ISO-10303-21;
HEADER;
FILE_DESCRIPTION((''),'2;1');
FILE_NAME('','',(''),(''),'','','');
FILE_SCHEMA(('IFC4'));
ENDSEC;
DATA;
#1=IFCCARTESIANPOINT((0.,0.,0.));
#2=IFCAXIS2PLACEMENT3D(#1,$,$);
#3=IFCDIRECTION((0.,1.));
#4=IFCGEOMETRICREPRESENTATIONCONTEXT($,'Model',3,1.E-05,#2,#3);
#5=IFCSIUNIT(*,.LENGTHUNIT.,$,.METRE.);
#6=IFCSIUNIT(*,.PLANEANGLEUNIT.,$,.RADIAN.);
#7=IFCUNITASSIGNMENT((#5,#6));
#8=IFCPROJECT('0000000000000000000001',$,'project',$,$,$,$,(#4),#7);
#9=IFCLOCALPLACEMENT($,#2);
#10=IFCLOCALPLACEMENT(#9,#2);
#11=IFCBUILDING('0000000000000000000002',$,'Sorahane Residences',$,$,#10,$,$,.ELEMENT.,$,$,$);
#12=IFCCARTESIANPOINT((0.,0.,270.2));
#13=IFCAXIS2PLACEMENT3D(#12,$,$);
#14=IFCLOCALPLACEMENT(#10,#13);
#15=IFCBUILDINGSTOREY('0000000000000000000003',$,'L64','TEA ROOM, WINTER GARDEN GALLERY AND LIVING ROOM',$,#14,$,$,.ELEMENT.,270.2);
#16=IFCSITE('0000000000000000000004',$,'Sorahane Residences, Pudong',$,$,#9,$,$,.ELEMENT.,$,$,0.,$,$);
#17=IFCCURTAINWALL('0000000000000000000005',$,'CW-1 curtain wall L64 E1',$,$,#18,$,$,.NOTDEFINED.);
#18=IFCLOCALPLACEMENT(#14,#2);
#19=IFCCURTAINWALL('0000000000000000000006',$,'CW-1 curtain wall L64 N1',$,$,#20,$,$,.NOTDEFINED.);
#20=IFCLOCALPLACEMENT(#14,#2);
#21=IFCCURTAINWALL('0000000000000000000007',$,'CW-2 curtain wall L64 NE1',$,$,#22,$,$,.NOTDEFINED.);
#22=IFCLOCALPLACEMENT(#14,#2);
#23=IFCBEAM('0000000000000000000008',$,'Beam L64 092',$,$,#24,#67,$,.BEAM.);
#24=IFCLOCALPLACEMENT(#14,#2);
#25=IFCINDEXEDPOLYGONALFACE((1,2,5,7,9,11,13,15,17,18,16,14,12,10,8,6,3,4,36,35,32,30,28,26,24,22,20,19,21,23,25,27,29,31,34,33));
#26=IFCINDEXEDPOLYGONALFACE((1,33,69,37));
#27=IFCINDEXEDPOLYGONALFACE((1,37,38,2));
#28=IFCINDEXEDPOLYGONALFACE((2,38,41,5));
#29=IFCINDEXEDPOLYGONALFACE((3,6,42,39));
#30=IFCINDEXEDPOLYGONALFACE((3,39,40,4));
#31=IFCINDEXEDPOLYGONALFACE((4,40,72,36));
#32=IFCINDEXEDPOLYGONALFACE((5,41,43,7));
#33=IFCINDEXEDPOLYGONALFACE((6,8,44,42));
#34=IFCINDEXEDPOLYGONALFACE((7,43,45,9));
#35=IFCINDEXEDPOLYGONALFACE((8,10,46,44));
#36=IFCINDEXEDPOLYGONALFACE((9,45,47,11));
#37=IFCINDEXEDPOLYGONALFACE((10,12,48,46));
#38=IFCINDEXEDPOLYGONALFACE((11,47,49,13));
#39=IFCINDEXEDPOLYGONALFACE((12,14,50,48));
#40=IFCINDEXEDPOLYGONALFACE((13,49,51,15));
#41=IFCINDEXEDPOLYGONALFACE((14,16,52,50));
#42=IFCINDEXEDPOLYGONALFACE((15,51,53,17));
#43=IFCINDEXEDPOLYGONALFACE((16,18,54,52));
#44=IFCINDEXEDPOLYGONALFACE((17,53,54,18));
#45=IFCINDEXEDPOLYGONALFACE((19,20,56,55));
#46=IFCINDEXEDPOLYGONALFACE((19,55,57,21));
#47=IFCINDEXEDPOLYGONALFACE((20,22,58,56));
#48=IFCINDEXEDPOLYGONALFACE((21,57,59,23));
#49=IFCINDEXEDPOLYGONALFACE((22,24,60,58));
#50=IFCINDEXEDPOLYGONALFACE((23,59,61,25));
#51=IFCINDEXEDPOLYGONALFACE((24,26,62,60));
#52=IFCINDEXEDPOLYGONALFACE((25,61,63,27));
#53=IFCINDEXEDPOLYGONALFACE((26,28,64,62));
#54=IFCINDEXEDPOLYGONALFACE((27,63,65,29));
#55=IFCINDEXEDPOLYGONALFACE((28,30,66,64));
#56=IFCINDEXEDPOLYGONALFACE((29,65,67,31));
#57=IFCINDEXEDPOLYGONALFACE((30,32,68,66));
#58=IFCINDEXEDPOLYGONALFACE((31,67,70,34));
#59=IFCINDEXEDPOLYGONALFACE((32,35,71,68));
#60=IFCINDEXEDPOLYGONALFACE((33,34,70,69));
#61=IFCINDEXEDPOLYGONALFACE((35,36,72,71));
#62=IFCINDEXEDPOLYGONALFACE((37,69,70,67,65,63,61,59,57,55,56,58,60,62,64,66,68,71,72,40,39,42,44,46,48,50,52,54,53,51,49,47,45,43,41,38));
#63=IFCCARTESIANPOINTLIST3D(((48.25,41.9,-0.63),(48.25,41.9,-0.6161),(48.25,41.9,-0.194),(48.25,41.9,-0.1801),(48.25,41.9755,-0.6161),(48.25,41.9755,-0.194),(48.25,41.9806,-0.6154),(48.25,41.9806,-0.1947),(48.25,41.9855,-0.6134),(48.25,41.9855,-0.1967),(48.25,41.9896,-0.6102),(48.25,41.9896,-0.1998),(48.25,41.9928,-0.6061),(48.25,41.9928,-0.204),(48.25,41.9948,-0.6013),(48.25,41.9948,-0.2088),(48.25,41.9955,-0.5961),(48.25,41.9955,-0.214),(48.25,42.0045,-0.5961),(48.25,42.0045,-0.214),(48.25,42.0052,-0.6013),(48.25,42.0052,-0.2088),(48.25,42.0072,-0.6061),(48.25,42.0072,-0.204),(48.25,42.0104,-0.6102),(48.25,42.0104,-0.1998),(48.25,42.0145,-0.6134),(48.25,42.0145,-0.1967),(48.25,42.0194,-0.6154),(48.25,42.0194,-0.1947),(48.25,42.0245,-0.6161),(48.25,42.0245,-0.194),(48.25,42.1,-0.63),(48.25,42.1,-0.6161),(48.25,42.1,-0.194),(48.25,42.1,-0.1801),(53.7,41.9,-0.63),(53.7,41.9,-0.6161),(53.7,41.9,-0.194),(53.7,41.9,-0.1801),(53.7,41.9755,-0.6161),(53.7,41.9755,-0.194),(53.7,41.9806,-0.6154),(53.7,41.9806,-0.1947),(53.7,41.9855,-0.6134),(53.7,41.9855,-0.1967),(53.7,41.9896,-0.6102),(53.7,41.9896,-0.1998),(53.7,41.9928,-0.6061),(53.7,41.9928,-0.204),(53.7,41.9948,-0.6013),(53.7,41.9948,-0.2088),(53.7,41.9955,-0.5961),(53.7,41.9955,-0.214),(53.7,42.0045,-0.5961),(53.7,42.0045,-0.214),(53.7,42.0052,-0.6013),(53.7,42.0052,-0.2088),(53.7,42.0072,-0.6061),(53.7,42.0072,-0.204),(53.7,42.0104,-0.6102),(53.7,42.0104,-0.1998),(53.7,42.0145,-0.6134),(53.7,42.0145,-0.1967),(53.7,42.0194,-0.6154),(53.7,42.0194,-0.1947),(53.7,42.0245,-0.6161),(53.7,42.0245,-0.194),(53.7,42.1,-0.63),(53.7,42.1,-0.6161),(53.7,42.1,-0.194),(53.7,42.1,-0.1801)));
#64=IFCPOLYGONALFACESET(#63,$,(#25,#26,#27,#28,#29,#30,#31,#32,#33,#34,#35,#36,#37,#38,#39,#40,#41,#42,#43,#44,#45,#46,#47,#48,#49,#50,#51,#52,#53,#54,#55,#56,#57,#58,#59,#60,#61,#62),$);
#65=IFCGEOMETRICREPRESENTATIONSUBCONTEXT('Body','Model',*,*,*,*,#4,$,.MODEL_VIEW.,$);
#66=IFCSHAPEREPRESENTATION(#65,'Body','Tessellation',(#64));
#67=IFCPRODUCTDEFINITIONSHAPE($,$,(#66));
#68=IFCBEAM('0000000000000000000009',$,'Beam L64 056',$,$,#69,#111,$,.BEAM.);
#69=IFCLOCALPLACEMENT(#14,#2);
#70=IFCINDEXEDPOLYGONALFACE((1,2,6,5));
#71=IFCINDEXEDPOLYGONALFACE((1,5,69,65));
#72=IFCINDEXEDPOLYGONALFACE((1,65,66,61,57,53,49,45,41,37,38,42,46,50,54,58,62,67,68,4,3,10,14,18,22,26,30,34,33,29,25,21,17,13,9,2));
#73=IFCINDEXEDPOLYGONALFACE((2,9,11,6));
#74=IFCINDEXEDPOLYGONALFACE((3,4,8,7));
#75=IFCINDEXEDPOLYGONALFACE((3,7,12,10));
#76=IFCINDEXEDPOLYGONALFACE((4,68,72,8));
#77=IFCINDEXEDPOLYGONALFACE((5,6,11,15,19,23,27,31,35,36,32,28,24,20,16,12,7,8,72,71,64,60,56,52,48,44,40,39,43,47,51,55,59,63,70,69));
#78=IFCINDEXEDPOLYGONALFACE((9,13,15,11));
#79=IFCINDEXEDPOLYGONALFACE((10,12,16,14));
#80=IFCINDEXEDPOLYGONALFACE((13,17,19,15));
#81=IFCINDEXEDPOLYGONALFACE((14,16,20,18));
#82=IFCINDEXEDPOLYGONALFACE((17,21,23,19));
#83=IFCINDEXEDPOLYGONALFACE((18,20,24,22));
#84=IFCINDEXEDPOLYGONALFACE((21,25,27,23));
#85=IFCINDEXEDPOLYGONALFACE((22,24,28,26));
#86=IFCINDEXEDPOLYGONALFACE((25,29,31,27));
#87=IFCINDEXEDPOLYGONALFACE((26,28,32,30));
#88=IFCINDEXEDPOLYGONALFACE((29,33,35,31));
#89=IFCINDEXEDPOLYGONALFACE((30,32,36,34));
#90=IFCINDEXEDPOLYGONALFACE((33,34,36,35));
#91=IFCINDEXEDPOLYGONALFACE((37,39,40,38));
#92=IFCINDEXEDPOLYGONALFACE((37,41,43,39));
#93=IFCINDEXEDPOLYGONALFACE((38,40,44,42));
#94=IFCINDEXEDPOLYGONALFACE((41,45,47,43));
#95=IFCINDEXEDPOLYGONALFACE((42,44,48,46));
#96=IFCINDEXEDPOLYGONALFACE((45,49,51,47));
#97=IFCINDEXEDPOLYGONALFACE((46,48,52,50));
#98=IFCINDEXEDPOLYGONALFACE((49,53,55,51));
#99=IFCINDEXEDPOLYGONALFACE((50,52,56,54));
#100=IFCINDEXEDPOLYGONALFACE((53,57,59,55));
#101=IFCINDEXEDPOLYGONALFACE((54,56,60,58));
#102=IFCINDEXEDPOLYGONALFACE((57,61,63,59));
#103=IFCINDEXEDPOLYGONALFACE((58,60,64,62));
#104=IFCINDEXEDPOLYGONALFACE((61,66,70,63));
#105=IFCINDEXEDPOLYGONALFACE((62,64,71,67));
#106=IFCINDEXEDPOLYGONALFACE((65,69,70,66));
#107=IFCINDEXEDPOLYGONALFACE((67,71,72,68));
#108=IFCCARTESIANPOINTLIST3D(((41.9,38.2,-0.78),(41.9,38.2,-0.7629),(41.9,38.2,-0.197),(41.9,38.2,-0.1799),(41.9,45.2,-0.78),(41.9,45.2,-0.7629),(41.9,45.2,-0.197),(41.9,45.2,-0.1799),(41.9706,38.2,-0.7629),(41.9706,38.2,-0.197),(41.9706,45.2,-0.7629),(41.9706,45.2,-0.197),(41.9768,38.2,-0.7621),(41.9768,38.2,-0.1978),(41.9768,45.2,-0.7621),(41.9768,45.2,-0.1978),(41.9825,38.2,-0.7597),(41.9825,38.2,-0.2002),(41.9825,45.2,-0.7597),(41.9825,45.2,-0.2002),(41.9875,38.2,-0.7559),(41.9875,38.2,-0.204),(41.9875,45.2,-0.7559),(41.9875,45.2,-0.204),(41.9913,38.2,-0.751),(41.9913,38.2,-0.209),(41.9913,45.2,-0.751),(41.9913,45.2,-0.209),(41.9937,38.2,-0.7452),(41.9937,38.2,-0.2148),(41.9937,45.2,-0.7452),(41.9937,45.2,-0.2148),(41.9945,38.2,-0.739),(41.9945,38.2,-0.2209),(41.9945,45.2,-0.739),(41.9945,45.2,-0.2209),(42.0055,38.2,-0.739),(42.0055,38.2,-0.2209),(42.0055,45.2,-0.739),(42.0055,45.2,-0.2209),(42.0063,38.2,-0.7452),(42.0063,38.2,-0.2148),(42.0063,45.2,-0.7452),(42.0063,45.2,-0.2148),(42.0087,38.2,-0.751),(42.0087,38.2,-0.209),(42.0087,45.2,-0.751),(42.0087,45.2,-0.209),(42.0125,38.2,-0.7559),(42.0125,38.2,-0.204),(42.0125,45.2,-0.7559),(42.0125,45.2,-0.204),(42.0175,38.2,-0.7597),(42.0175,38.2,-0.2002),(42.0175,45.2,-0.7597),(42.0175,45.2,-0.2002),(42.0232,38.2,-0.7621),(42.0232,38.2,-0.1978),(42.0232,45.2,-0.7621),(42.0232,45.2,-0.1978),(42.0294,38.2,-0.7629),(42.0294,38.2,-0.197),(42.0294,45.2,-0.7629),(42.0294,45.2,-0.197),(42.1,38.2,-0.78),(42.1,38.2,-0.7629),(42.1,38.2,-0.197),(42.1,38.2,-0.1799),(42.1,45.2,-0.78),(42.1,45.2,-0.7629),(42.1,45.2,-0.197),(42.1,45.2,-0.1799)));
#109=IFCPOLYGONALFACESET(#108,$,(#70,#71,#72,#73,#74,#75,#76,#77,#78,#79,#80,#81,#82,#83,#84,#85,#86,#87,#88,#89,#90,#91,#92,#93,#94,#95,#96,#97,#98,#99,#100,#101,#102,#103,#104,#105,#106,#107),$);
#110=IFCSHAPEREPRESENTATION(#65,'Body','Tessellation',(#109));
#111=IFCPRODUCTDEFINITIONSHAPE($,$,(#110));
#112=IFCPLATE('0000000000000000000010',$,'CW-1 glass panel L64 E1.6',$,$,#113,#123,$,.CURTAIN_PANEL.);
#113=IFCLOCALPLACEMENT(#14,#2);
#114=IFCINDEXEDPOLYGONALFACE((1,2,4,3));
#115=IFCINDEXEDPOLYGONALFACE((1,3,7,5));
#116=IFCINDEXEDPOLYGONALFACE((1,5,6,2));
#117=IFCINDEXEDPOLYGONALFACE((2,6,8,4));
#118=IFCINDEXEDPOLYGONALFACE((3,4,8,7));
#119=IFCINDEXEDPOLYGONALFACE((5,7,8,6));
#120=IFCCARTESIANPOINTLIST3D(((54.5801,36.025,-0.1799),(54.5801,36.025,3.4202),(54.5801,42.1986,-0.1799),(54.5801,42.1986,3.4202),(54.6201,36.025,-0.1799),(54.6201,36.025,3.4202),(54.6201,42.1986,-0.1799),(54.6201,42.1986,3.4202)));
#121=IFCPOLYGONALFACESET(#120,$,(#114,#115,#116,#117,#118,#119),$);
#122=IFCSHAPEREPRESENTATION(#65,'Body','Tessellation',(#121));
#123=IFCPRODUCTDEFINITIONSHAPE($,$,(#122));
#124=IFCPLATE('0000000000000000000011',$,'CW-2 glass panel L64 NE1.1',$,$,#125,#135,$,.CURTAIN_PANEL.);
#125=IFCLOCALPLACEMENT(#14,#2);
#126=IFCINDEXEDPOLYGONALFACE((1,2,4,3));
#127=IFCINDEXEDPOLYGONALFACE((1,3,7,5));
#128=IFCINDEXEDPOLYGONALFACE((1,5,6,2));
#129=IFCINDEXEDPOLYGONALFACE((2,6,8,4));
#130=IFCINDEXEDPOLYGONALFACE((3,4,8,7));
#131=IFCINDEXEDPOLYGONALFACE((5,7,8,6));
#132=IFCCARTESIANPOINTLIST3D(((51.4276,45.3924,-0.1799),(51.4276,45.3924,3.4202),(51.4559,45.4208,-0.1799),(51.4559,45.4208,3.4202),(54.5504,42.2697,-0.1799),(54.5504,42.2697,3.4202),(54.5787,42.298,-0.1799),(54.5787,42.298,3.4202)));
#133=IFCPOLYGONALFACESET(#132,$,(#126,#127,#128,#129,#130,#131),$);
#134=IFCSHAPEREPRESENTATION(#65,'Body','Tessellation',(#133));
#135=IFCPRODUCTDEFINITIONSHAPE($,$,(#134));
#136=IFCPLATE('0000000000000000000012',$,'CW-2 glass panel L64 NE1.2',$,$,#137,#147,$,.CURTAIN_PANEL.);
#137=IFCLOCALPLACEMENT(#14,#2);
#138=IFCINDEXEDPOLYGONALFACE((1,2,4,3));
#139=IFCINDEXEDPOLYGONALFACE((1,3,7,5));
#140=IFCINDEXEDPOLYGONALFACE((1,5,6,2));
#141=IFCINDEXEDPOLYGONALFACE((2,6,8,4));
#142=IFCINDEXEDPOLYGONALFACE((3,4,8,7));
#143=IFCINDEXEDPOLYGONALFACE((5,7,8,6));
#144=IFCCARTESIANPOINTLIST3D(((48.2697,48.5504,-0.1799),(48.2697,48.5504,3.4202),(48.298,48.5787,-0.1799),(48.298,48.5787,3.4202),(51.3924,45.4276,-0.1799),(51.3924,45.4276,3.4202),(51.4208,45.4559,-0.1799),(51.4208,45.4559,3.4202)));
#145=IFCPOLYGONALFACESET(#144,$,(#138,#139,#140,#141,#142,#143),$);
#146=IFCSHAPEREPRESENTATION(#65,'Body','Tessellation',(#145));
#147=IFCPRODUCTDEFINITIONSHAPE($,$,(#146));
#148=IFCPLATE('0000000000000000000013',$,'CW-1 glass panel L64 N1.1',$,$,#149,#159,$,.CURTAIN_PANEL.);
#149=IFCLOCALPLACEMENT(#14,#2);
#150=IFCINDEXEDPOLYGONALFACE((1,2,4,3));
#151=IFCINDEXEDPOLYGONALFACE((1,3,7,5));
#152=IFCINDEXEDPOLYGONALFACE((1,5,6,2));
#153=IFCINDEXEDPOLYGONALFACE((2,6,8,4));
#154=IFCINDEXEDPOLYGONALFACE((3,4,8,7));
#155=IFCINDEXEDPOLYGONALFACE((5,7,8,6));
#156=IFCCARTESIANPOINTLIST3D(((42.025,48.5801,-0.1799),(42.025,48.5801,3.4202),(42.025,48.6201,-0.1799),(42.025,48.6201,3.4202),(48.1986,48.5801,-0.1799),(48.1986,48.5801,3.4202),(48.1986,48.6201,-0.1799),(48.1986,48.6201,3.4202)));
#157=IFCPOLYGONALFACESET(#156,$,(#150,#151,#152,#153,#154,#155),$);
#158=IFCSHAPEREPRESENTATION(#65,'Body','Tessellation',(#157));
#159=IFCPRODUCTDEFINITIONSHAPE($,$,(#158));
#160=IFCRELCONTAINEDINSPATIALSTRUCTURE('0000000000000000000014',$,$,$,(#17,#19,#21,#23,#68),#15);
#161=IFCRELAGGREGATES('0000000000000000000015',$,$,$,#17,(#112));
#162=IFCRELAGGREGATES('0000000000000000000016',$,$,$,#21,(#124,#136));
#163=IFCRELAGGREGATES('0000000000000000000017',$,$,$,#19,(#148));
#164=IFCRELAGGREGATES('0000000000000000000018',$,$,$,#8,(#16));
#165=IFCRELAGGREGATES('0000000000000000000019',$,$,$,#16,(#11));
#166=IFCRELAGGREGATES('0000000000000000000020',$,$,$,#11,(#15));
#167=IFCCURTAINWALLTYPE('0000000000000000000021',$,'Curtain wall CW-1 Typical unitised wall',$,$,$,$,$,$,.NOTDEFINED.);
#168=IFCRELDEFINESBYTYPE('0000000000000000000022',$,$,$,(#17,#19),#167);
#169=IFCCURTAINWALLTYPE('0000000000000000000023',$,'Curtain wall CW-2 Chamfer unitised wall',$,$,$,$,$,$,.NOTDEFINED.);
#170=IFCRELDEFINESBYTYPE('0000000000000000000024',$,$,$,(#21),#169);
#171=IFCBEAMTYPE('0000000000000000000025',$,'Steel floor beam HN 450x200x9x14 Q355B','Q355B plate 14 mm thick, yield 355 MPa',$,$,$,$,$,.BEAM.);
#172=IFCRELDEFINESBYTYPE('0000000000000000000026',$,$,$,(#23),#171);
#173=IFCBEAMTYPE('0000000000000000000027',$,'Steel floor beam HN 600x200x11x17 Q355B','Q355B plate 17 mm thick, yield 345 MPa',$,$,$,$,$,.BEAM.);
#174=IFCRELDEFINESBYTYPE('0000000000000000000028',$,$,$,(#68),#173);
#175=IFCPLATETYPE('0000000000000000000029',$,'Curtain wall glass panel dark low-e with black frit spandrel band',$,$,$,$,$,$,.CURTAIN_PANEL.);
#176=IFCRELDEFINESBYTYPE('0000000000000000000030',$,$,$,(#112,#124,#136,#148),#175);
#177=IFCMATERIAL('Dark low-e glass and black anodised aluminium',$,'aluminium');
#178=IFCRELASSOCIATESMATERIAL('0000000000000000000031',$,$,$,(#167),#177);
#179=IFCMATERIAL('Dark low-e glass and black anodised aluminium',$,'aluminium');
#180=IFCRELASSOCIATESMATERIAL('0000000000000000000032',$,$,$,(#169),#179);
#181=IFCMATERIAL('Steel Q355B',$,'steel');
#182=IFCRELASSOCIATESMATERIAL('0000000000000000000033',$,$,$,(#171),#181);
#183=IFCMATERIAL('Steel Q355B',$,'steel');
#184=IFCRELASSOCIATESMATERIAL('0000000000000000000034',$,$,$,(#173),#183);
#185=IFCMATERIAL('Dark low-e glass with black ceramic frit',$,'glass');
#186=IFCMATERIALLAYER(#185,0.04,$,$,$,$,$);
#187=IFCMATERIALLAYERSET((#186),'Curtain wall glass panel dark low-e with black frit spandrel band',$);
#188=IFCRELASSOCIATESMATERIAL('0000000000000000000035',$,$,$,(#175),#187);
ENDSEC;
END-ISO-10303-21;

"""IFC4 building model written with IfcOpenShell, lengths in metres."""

from ifc_helpers import new_model, si_unit, direction, frame, origin, origin_2d, place, context, subcontext, project, spatial, rectangle, i_section, extrude, material, layer, layer_set, material_profile, profile_set, type_object, element, aggregate, save


model = new_model("IFC4")

# Units and contexts
model_context = context("Model", 3, precision=1e-05, world=origin(), true_north=direction((0.0, 1.0)))
body_context = subcontext(model_context, "Body", "Model", "MODEL_VIEW")
ifc_project = project(units=[si_unit("LENGTHUNIT", "METRE"), si_unit("PLANEANGLEUNIT", "RADIAN")], contexts=[model_context])

# Site, building, storey
site_placement = place(None, origin())
site = spatial("IfcSite", under=ifc_project, at=site_placement, Name="Sorahane Residences, Pudong", CompositionType="ELEMENT", RefElevation=0.0)
building_placement = place(site_placement, origin())
building = spatial("IfcBuilding", under=site, at=building_placement, Name="Sorahane Residences", CompositionType="ELEMENT")
storey_placement = place(building_placement, frame((0.0, 0.0, 270.2)))
storey = spatial("IfcBuildingStorey", under=building, at=storey_placement, Name="L64", Description="TEA ROOM, WINTER GARDEN GALLERY AND LIVING ROOM", CompositionType="ELEMENT", Elevation=270.2)

# Curtain walls
ifc_material_1 = material(Name="Dark low-e glass and black anodised aluminium", Category="aluminium")
curtain_wall_type_1 = type_object("IfcCurtainWallType", Name="Curtain wall CW-1 Typical unitised wall", PredefinedType="NOTDEFINED", material=ifc_material_1)
curtain_wall_1_placement = place(storey_placement, origin())
curtain_wall_1 = element("IfcCurtainWall", 1, at=curtain_wall_1_placement, inside=storey, type_object=curtain_wall_type_1, Name="CW-1 curtain wall L64 E1", PredefinedType="NOTDEFINED")
curtain_wall_2_placement = place(storey_placement, origin())
curtain_wall_2 = element("IfcCurtainWall", 2, at=curtain_wall_2_placement, inside=storey, type_object=curtain_wall_type_1, Name="CW-1 curtain wall L64 N1", PredefinedType="NOTDEFINED")

# Curtain wall
ifc_material_2 = material(Name="Dark low-e glass and black anodised aluminium", Category="aluminium")
curtain_wall_type_2 = type_object("IfcCurtainWallType", Name="Curtain wall CW-2 Chamfer unitised wall", PredefinedType="NOTDEFINED", material=ifc_material_2)
curtain_wall_3_placement = place(storey_placement, origin())
curtain_wall_3 = element("IfcCurtainWall", 3, at=curtain_wall_3_placement, inside=storey, type_object=curtain_wall_type_2, Name="CW-2 curtain wall L64 NE1", PredefinedType="NOTDEFINED")

# Beams
ifc_material_3 = material(Name="Steel Q355B", Category="steel")
ifc_material_profile_1 = material_profile(ifc_material_3, i_section(OverallWidth=0.2, OverallDepth=0.45, WebThickness=0.009, FlangeThickness=0.0139, FilletRadius=0.02, at=origin_2d()), Name="HN 450x200x9x14")
ifc_profile_set_1 = profile_set([ifc_material_profile_1], Name="Steel Q355B")
beam_type_1 = type_object("IfcBeamType", Name="Steel floor beam HN 450x200x9x14 Q355B", Description="Q355B plate 14 mm thick, yield 355 MPa", PredefinedType="BEAM", material=ifc_profile_set_1)
beam_1_placement = place(storey_placement, frame((48.25, 42.0, -0.405), z_axis=(1.0, 0.0, 0.0), x_axis=(0.0, 1.0, 0.0)))
element("IfcBeam", 4, at=beam_1_placement, inside=storey, type_object=beam_type_1, Name="Beam L64 092", PredefinedType="BEAM", context=body_context, shape_type="SweptSolid", body=[
    extrude(i_section(OverallWidth=0.2, OverallDepth=0.45, WebThickness=0.009, FlangeThickness=0.0139, FilletRadius=0.02, at=origin_2d()), origin(), (0.0, 0.0, 1.0), 5.45),
])
ifc_material_4 = material(Name="Steel Q355B", Category="steel")
ifc_material_profile_2 = material_profile(ifc_material_4, i_section(OverallWidth=0.2, OverallDepth=0.6001, WebThickness=0.011, FlangeThickness=0.0171, FilletRadius=0.0239, at=origin_2d()), Name="HN 600x200x11x17")
ifc_profile_set_2 = profile_set([ifc_material_profile_2], Name="Steel Q355B")
beam_type_2 = type_object("IfcBeamType", Name="Steel floor beam HN 600x200x11x17 Q355B", Description="Q355B plate 17 mm thick, yield 345 MPa", PredefinedType="BEAM", material=ifc_profile_set_2)
beam_2_placement = place(storey_placement, frame((42.0, 38.2, -0.48), z_axis=(0.0, 1.0, 0.0), x_axis=(-1.0, 0.0, 0.0)))
element("IfcBeam", 5, at=beam_2_placement, inside=storey, type_object=beam_type_2, Name="Beam L64 056", PredefinedType="BEAM", context=body_context, shape_type="SweptSolid", body=[
    extrude(i_section(OverallWidth=0.2, OverallDepth=0.6001, WebThickness=0.011, FlangeThickness=0.0171, FilletRadius=0.0239, at=origin_2d()), origin(), (0.0, 0.0, 1.0), 7.0),
])

# Plates
ifc_material_5 = material(Name="Dark low-e glass with black ceramic frit", Category="glass")
ifc_layer_1 = layer(ifc_material_5, 0.04)
ifc_layer_set_1 = layer_set([ifc_layer_1], Name="Curtain wall glass panel dark low-e with black frit spandrel band")
plate_type = type_object("IfcPlateType", Name="Curtain wall glass panel dark low-e with black frit spandrel band", PredefinedType="CURTAIN_PANEL", material=ifc_layer_set_1)
plate_1_placement = place(storey_placement, frame((54.6001, 39.1118, -0.1799), z_axis=(0.0, 0.0, 1.0), x_axis=(0.0, 1.0, 0.0)))
plate_1 = element("IfcPlate", 6, at=plate_1_placement, type_object=plate_type, Name="CW-1 glass panel L64 E1.6", PredefinedType="CURTAIN_PANEL", context=body_context, shape_type="SweptSolid", body=[
    extrude(rectangle(XDim=6.1736, YDim=0.04, at=origin_2d()), origin(), (0.0, 0.0, 1.0), 3.6001),
])
aggregate(curtain_wall_1, [plate_1])
plate_2_placement = place(storey_placement, frame((53.0032, 43.8452, -0.1799), z_axis=(0.0, 0.0, 1.0), x_axis=(-0.707107, 0.707107, 0.0)))
plate_2 = element("IfcPlate", 7, at=plate_2_placement, type_object=plate_type, Name="CW-2 glass panel L64 NE1.1", PredefinedType="CURTAIN_PANEL", context=body_context, shape_type="SweptSolid", body=[
    extrude(rectangle(XDim=4.4163, YDim=0.04, at=origin_2d()), origin(), (0.0, 0.0, 1.0), 3.6001),
])
plate_3_placement = place(storey_placement, frame((49.8452, 47.0032, -0.1799), z_axis=(0.0, 0.0, 1.0), x_axis=(-0.707107, 0.707107, 0.0)))
plate_3 = element("IfcPlate", 8, at=plate_3_placement, type_object=plate_type, Name="CW-2 glass panel L64 NE1.2", PredefinedType="CURTAIN_PANEL", context=body_context, shape_type="SweptSolid", body=[
    extrude(rectangle(XDim=4.4163, YDim=0.04, at=origin_2d()), origin(), (0.0, 0.0, 1.0), 3.6001),
])
aggregate(curtain_wall_3, [plate_2, plate_3])
plate_4_placement = place(storey_placement, frame((45.1118, 48.6001, -0.1799), z_axis=(0.0, 0.0, 1.0), x_axis=(-1.0, 0.0, 0.0)))
plate_4 = element("IfcPlate", 9, at=plate_4_placement, type_object=plate_type, Name="CW-1 glass panel L64 N1.1", PredefinedType="CURTAIN_PANEL", context=body_context, shape_type="SweptSolid", body=[
    extrude(rectangle(XDim=6.1736, YDim=0.04, at=origin_2d()), origin(), (0.0, 0.0, 1.0), 3.6001),
])
aggregate(curtain_wall_2, [plate_4])

save(model, "model.ifc")
